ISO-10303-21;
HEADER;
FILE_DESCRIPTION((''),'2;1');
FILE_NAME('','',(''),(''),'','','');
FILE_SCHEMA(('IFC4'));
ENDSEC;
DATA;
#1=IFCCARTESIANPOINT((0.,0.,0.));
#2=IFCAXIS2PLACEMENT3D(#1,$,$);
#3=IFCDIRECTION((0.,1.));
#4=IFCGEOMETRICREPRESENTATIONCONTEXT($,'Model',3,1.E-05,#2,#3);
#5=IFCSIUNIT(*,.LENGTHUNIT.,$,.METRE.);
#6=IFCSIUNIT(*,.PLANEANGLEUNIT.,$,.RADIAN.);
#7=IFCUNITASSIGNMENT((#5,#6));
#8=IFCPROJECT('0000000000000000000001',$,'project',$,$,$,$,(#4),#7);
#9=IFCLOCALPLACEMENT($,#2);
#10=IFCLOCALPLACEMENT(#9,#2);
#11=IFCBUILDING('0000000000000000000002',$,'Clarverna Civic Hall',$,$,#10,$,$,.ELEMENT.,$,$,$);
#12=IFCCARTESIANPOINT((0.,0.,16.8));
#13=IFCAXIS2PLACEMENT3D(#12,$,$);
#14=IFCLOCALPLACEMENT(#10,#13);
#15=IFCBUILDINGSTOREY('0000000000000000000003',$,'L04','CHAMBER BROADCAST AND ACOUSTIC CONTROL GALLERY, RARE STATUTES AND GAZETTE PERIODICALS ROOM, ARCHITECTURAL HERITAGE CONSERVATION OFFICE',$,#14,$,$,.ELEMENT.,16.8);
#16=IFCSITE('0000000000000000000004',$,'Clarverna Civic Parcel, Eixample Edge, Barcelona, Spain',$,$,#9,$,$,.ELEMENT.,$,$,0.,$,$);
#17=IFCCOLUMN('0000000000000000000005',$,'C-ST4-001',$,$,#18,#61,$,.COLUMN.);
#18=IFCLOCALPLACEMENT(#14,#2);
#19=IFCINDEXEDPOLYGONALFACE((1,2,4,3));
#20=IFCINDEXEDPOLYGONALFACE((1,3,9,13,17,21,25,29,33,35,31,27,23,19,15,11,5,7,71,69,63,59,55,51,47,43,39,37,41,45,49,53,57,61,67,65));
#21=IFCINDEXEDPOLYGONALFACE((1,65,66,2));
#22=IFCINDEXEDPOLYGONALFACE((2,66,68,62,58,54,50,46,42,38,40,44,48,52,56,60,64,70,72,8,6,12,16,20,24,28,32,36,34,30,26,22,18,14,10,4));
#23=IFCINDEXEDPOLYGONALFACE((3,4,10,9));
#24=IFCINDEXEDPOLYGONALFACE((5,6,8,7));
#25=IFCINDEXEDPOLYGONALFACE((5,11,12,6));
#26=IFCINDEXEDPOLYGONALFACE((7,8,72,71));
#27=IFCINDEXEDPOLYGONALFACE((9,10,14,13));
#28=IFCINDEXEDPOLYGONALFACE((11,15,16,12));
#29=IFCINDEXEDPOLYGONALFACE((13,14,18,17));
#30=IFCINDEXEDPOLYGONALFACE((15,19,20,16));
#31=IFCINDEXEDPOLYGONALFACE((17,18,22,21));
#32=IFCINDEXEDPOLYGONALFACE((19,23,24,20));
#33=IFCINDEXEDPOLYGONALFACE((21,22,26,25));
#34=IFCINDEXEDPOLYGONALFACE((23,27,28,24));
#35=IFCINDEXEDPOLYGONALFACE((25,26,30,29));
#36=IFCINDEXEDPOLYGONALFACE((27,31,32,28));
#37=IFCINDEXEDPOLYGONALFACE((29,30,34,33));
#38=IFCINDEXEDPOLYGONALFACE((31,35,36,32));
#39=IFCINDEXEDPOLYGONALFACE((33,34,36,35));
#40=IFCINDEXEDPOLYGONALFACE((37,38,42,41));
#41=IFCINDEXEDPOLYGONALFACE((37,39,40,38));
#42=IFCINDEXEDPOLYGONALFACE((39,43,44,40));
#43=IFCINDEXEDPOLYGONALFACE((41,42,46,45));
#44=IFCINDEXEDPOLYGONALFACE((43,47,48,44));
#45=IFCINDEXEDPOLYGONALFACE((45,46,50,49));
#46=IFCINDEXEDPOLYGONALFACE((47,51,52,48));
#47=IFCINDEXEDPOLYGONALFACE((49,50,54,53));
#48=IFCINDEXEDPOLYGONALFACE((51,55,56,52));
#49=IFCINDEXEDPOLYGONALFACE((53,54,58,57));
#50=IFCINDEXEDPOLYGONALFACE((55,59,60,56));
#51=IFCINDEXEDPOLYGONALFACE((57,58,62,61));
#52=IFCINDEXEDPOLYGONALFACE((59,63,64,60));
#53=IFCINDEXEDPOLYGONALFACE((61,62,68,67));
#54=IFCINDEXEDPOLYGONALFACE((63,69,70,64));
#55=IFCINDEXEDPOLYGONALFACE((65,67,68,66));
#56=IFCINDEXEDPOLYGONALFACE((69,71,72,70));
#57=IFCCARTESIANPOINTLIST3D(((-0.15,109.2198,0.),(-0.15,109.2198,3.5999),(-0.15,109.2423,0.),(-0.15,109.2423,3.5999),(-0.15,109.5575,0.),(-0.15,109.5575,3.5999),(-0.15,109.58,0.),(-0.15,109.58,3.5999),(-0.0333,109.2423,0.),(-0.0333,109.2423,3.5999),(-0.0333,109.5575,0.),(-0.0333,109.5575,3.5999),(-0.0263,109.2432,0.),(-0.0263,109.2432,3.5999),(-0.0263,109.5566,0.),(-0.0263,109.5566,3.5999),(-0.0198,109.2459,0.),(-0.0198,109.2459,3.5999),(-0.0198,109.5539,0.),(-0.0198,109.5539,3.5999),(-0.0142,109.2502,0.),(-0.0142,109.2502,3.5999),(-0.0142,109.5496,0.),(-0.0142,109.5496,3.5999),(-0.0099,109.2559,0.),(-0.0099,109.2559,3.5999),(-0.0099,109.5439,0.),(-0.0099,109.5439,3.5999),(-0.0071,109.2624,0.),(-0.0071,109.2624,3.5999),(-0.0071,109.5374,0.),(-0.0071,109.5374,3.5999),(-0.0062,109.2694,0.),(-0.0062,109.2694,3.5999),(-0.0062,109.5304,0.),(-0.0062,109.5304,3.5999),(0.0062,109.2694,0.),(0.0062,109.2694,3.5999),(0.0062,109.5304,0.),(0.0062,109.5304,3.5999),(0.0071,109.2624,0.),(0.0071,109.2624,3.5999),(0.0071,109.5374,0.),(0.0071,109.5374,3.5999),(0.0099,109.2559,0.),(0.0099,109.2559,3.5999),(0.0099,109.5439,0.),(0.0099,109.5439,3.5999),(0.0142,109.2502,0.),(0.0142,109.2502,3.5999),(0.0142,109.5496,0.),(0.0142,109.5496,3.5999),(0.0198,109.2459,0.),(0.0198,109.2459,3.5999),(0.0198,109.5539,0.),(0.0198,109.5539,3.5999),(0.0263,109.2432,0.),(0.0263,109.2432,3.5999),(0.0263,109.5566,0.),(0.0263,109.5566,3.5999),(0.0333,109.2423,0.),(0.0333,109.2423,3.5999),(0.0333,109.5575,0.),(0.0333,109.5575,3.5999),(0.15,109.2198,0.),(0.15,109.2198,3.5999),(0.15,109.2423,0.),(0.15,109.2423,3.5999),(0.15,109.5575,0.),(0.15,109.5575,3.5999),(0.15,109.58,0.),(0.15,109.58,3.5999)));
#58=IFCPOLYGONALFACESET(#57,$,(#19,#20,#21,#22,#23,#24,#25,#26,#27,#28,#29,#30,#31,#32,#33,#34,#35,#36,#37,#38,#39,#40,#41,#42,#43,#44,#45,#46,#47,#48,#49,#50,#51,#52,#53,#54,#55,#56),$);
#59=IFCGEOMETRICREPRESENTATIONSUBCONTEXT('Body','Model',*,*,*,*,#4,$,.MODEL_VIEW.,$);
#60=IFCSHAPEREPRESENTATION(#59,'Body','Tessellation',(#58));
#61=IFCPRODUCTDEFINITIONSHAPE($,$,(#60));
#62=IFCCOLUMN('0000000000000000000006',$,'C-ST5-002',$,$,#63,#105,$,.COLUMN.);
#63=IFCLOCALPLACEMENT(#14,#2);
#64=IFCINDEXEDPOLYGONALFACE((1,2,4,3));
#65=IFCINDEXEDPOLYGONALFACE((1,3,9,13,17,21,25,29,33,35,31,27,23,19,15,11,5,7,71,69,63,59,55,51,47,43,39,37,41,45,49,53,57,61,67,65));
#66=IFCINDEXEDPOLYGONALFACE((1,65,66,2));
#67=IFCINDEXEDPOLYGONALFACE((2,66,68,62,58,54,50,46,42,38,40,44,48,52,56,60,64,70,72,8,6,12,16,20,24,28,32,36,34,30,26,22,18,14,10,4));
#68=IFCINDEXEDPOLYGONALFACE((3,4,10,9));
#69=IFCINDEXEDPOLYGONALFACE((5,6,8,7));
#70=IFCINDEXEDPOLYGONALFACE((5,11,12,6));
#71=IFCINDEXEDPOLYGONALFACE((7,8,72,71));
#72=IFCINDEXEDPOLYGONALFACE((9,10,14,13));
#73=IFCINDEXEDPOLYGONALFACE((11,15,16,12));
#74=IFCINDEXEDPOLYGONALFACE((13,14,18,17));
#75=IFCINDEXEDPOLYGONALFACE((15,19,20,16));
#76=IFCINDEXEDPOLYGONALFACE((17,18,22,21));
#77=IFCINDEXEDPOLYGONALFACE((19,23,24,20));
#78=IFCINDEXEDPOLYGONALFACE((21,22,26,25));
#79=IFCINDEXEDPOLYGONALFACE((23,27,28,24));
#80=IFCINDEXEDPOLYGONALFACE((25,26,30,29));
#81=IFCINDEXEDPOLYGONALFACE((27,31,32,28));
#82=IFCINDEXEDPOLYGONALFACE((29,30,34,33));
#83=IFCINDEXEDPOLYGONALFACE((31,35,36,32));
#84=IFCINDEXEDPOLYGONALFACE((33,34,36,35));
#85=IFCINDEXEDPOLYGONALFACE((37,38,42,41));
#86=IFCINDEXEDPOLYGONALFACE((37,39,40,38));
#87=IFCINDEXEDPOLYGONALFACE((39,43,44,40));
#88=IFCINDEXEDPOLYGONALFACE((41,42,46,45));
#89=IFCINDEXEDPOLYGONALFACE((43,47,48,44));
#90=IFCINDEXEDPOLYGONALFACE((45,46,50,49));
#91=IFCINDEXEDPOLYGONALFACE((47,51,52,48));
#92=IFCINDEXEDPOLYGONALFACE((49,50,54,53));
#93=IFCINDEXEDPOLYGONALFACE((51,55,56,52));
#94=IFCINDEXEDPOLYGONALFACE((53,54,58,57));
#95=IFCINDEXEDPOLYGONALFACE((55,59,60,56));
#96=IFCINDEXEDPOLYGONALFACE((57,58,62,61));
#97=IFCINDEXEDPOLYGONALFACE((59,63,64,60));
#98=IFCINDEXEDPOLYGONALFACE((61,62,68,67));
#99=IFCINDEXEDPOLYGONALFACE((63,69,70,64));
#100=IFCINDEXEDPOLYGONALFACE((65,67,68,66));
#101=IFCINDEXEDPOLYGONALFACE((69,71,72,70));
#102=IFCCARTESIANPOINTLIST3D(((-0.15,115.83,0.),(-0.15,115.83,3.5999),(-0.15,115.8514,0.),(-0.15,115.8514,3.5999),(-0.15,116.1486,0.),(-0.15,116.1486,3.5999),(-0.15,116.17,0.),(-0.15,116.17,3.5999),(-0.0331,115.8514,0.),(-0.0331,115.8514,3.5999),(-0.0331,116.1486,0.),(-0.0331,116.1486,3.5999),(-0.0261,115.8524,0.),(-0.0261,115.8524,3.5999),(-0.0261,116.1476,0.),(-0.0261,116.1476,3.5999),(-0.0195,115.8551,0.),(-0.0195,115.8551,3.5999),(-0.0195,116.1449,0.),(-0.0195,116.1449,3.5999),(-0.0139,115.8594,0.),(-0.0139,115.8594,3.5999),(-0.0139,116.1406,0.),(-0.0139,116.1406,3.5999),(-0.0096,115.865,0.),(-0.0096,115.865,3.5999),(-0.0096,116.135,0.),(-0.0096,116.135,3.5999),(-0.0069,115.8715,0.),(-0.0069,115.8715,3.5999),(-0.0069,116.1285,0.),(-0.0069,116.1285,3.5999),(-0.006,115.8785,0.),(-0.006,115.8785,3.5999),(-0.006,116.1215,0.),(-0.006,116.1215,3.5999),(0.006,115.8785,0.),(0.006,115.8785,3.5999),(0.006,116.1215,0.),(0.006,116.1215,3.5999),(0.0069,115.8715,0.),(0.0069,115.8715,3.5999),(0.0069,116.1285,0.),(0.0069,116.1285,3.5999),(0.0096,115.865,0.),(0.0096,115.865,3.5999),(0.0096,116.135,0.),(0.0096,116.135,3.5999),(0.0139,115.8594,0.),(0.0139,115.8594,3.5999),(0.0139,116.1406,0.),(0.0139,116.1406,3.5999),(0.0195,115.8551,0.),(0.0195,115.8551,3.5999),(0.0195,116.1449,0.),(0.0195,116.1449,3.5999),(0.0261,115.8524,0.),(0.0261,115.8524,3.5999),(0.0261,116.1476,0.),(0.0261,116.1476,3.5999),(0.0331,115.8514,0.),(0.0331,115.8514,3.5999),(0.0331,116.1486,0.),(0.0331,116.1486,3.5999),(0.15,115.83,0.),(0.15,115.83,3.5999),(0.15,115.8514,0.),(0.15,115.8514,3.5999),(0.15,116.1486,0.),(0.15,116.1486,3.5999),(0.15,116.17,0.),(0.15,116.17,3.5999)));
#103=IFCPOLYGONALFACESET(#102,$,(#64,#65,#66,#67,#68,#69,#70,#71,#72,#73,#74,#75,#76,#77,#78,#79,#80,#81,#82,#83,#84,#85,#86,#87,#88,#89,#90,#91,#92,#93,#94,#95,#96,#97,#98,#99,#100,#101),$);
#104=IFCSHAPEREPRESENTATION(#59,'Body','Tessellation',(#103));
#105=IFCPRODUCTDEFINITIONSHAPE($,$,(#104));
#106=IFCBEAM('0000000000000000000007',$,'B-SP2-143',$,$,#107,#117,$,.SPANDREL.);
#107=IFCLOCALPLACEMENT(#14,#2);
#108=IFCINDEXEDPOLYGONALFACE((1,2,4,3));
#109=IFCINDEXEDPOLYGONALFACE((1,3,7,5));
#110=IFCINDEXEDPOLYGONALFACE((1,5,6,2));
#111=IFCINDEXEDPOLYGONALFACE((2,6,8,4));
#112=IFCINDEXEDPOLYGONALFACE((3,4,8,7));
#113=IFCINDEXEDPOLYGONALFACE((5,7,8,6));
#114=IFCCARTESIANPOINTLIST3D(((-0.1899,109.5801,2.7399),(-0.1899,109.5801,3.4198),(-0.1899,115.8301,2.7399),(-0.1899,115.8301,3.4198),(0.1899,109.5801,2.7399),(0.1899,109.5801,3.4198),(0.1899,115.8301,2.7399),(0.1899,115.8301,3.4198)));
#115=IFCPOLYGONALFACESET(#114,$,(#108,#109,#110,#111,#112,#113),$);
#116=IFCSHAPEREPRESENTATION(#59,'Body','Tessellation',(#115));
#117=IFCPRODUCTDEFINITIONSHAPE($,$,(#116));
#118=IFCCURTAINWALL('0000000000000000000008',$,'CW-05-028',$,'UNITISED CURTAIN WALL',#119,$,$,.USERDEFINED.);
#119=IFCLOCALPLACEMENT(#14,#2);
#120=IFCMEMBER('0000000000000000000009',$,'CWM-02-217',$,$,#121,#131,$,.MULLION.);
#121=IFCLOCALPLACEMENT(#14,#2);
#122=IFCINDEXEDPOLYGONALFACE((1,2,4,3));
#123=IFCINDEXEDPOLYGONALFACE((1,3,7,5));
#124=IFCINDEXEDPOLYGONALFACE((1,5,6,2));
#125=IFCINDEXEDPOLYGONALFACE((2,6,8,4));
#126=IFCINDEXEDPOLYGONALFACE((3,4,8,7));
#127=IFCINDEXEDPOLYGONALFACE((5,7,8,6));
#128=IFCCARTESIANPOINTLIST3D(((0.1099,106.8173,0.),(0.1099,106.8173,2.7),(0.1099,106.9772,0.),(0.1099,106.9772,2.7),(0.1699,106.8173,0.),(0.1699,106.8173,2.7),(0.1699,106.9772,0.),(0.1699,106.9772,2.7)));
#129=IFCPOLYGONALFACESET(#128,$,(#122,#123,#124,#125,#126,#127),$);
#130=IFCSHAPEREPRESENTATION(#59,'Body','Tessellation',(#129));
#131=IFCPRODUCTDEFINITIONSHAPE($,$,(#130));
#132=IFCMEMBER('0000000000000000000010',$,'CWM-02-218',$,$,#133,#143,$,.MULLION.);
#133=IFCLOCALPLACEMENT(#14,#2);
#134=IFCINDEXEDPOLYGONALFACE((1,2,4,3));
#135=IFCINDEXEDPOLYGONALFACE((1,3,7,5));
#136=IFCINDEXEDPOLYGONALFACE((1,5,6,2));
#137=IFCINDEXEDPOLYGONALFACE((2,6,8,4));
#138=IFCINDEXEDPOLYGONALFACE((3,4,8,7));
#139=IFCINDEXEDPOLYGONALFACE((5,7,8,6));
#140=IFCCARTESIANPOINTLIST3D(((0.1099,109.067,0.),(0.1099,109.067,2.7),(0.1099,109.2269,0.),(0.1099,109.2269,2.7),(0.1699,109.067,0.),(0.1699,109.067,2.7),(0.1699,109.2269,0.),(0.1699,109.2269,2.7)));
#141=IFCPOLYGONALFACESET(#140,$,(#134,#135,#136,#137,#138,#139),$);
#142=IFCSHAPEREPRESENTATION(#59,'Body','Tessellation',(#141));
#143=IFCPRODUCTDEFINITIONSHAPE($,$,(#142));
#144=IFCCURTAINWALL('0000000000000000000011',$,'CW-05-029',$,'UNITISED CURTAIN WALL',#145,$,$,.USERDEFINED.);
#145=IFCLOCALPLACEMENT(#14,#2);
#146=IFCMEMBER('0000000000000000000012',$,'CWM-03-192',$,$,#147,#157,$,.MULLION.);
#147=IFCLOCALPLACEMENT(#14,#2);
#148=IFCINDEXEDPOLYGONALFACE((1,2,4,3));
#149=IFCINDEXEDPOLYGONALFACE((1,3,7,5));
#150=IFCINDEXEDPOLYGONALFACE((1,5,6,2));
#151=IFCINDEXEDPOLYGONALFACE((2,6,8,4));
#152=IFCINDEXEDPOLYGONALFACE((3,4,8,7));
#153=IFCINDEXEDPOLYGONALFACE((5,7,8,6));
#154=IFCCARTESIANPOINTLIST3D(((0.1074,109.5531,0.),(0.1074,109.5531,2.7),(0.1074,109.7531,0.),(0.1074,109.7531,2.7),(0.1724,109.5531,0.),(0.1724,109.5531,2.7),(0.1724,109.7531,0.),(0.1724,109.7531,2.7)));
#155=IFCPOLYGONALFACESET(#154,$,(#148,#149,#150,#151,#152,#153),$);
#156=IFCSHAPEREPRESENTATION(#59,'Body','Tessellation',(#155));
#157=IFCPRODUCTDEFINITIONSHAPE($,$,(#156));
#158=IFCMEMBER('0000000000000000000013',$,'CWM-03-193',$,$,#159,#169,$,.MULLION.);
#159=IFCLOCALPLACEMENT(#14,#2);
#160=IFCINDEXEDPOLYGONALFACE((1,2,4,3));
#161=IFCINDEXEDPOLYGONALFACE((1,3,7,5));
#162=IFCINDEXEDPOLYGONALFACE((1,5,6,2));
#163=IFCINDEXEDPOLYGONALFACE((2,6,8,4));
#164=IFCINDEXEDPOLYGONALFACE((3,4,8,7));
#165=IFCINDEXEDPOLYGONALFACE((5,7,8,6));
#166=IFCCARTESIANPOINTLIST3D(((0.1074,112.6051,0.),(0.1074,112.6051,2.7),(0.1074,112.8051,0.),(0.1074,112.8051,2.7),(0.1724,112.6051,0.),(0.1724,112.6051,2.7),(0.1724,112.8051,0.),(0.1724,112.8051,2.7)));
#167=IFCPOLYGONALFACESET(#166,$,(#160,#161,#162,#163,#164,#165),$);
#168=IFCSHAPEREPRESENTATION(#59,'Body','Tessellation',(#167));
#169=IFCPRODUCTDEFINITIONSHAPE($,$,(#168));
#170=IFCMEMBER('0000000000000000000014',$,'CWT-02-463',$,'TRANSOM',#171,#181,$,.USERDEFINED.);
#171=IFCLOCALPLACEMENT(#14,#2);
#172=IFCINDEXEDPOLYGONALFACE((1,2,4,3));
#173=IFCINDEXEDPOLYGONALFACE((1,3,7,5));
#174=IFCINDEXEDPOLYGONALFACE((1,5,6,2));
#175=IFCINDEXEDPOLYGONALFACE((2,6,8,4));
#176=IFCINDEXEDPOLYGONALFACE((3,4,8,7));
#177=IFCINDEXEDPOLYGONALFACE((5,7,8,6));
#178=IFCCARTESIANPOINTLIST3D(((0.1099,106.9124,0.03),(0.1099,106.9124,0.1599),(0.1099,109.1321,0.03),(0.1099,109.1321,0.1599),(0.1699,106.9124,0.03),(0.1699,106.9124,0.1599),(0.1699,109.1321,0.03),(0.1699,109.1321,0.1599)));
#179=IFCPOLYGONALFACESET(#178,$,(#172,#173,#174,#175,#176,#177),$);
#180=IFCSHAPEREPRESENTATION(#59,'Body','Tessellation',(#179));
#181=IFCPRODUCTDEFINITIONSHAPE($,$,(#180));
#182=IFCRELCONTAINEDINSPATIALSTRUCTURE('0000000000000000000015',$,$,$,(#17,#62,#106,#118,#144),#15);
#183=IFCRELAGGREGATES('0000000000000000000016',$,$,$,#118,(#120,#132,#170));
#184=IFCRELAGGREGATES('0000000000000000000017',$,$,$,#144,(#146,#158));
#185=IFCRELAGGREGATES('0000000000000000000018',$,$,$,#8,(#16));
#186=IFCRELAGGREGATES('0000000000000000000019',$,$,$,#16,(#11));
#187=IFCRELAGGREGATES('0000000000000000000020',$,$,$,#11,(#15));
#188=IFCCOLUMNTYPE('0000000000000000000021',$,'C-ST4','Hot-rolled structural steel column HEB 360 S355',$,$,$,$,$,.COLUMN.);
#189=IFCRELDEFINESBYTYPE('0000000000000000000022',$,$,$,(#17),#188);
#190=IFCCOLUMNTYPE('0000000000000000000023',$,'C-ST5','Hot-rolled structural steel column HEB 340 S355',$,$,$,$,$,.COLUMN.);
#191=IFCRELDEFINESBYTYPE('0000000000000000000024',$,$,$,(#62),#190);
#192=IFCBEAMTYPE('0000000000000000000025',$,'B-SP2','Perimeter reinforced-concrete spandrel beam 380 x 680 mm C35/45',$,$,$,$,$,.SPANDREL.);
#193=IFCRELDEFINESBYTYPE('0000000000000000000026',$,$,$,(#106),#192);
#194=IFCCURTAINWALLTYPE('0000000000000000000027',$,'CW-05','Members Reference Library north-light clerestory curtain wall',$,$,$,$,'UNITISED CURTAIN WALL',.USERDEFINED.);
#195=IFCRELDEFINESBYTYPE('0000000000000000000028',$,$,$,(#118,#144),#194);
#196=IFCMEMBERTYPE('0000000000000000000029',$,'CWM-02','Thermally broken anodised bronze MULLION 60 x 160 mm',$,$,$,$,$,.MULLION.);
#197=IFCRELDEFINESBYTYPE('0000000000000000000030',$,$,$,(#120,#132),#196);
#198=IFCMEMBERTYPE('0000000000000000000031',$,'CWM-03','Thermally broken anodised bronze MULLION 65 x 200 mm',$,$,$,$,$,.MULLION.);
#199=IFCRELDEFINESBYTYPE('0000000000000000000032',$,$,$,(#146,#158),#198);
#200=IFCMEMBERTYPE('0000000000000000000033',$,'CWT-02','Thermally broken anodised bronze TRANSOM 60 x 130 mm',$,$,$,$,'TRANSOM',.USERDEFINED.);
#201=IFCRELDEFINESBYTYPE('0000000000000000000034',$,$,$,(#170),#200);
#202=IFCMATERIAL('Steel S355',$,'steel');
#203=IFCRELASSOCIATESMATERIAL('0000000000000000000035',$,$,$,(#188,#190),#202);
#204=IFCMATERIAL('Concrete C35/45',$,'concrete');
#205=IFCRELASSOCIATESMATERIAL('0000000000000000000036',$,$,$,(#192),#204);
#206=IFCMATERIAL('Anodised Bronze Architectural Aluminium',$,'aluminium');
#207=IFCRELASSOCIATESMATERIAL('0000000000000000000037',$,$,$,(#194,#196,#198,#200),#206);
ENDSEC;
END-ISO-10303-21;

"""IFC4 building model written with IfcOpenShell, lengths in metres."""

from ifc_helpers import new_model, si_unit, direction, frame, origin, origin_2d, place, context, subcontext, project, spatial, rectangle, i_section, extrude, material, material_profile, profile_set, type_object, element, aggregate, save


model = new_model("IFC4")

# Units and contexts
model_context = context("Model", 3, precision=1e-05, world=origin(), true_north=direction((0.0, 1.0)))
body_context = subcontext(model_context, "Body", "Model", "MODEL_VIEW")
ifc_project = project(units=[si_unit("LENGTHUNIT", "METRE"), si_unit("PLANEANGLEUNIT", "RADIAN")], contexts=[model_context])

# Site, building, storey
site_placement = place(None, origin())
site = spatial("IfcSite", under=ifc_project, at=site_placement, Name="Clarverna Civic Parcel, Eixample Edge, Barcelona, Spain", CompositionType="ELEMENT", RefElevation=0.0)
building_placement = place(site_placement, origin())
building = spatial("IfcBuilding", under=site, at=building_placement, Name="Clarverna Civic Hall", CompositionType="ELEMENT")
storey_placement = place(building_placement, frame((0.0, 0.0, 16.8)))
storey = spatial("IfcBuildingStorey", under=building, at=storey_placement, Name="L04", Description="CHAMBER BROADCAST AND ACOUSTIC CONTROL GALLERY, RARE STATUTES AND GAZETTE PERIODICALS ROOM, ARCHITECTURAL HERITAGE CONSERVATION OFFICE", CompositionType="ELEMENT", Elevation=16.8)

# Columns
ifc_material_1 = material(Name="Steel S355", Category="steel")
ifc_material_profile_1 = material_profile(ifc_material_1, i_section(OverallWidth=0.3, OverallDepth=0.3601, WebThickness=0.0125, FlangeThickness=0.0225, FilletRadius=0.0271, at=origin_2d()), Name="HEB 360")
ifc_profile_set_1 = profile_set([ifc_material_profile_1], Name="Steel S355")
column_type_1 = type_object("IfcColumnType", Name="C-ST4", Description="Hot-rolled structural steel column HEB 360 S355", PredefinedType="COLUMN", material=ifc_profile_set_1)
column_1_placement = place(storey_placement, frame((0.0, 109.3999, 0.0), z_axis=(0.0, 0.0, 1.0), x_axis=(1.0, 0.0, 0.0)))
element("IfcColumn", 1, at=column_1_placement, inside=storey, type_object=column_type_1, Name="C-ST4-001", PredefinedType="COLUMN", context=body_context, shape_type="SweptSolid", body=[
    extrude(i_section(OverallWidth=0.3, OverallDepth=0.3601, WebThickness=0.0125, FlangeThickness=0.0225, FilletRadius=0.0271, at=origin_2d()), origin(), (0.0, 0.0, 1.0), 3.5999),
])
ifc_material_profile_2 = material_profile(ifc_material_1, i_section(OverallWidth=0.3, OverallDepth=0.3401, WebThickness=0.012, FlangeThickness=0.0215, FilletRadius=0.0271, at=origin_2d()), Name="HEB 340")
ifc_profile_set_2 = profile_set([ifc_material_profile_2], Name="Steel S355")
column_type_2 = type_object("IfcColumnType", Name="C-ST5", Description="Hot-rolled structural steel column HEB 340 S355", PredefinedType="COLUMN", material=ifc_profile_set_2)
column_2_placement = place(storey_placement, frame((0.0, 116.0, 0.0), z_axis=(0.0, 0.0, 1.0), x_axis=(1.0, 0.0, 0.0)))
element("IfcColumn", 2, at=column_2_placement, inside=storey, type_object=column_type_2, Name="C-ST5-002", PredefinedType="COLUMN", context=body_context, shape_type="SweptSolid", body=[
    extrude(i_section(OverallWidth=0.3, OverallDepth=0.3401, WebThickness=0.012, FlangeThickness=0.0215, FilletRadius=0.0271, at=origin_2d()), origin(), (0.0, 0.0, 1.0), 3.5999),
])

# Beam
ifc_material_2 = material(Name="Concrete C35/45", Category="concrete")
ifc_material_profile_3 = material_profile(ifc_material_2, rectangle(XDim=0.3799, YDim=0.6799, at=origin_2d()), Name="RC 380x680")
ifc_profile_set_3 = profile_set([ifc_material_profile_3], Name="Concrete C35/45")
beam_type = type_object("IfcBeamType", Name="B-SP2", Description="Perimeter reinforced-concrete spandrel beam 380 x 680 mm C35/45", PredefinedType="SPANDREL", material=ifc_profile_set_3)
beam_placement = place(storey_placement, frame((0.0, 109.5801, 3.0798), z_axis=(0.0, 1.0, 0.0), x_axis=(-1.0, 0.0, 0.0)))
element("IfcBeam", 3, at=beam_placement, inside=storey, type_object=beam_type, Name="B-SP2-143", PredefinedType="SPANDREL", context=body_context, shape_type="SweptSolid", body=[
    extrude(rectangle(XDim=0.3799, YDim=0.6799, at=origin_2d()), origin(), (0.0, 0.0, 1.0), 6.25),
])

# Curtain walls, members
ifc_material_3 = material(Name="Anodised Bronze Architectural Aluminium", Category="aluminium")
curtain_wall_type = type_object("IfcCurtainWallType", Name="CW-05", Description="Members Reference Library north-light clerestory curtain wall", ElementType="UNITISED CURTAIN WALL", PredefinedType="USERDEFINED", material=ifc_material_3)
curtain_wall_1_placement = place(storey_placement, origin())
curtain_wall_1 = element("IfcCurtainWall", 4, at=curtain_wall_1_placement, inside=storey, type_object=curtain_wall_type, Name="CW-05-028", ObjectType="UNITISED CURTAIN WALL", PredefinedType="USERDEFINED")
ifc_material_profile_4 = material_profile(ifc_material_3, rectangle(XDim=0.0601, YDim=0.1599, at=origin_2d()), Name="BRONZE 60x160")
ifc_profile_set_4 = profile_set([ifc_material_profile_4], Name="Anodised Bronze Architectural Aluminium")
member_type_1 = type_object("IfcMemberType", Name="CWM-02", Description="Thermally broken anodised bronze MULLION 60 x 160 mm", PredefinedType="MULLION", material=ifc_profile_set_4)
member_1_placement = place(storey_placement, frame((0.1399, 106.8972, 0.0), z_axis=(0.0, 0.0, 1.0), x_axis=(1.0, 0.0, 0.0)))
member_1 = element("IfcMember", 5, at=member_1_placement, type_object=member_type_1, Name="CWM-02-217", PredefinedType="MULLION", context=body_context, shape_type="SweptSolid", body=[
    extrude(rectangle(XDim=0.0601, YDim=0.1599, at=origin_2d()), origin(), (0.0, 0.0, 1.0), 2.7),
])
member_2_placement = place(storey_placement, frame((0.1399, 109.147, 0.0), z_axis=(0.0, 0.0, 1.0), x_axis=(1.0, 0.0, 0.0)))
member_2 = element("IfcMember", 6, at=member_2_placement, type_object=member_type_1, Name="CWM-02-218", PredefinedType="MULLION", context=body_context, shape_type="SweptSolid", body=[
    extrude(rectangle(XDim=0.0601, YDim=0.1599, at=origin_2d()), origin(), (0.0, 0.0, 1.0), 2.7),
])
curtain_wall_2_placement = place(storey_placement, origin())
curtain_wall_2 = element("IfcCurtainWall", 7, at=curtain_wall_2_placement, inside=storey, type_object=curtain_wall_type, Name="CW-05-029", ObjectType="UNITISED CURTAIN WALL", PredefinedType="USERDEFINED")
ifc_material_profile_5 = material_profile(ifc_material_3, rectangle(XDim=0.0649, YDim=0.2, at=origin_2d()), Name="BRONZE 65x200")
ifc_profile_set_5 = profile_set([ifc_material_profile_5], Name="Anodised Bronze Architectural Aluminium")
member_type_2 = type_object("IfcMemberType", Name="CWM-03", Description="Thermally broken anodised bronze MULLION 65 x 200 mm", PredefinedType="MULLION", material=ifc_profile_set_5)
member_3_placement = place(storey_placement, frame((0.1399, 109.6531, 0.0), z_axis=(0.0, 0.0, 1.0), x_axis=(1.0, 0.0, 0.0)))
member_3 = element("IfcMember", 8, at=member_3_placement, type_object=member_type_2, Name="CWM-03-192", PredefinedType="MULLION", context=body_context, shape_type="SweptSolid", body=[
    extrude(rectangle(XDim=0.0649, YDim=0.2, at=origin_2d()), origin(), (0.0, 0.0, 1.0), 2.7),
])
member_4_placement = place(storey_placement, frame((0.1399, 112.7051, 0.0), z_axis=(0.0, 0.0, 1.0), x_axis=(1.0, 0.0, 0.0)))
member_4 = element("IfcMember", 9, at=member_4_placement, type_object=member_type_2, Name="CWM-03-193", PredefinedType="MULLION", context=body_context, shape_type="SweptSolid", body=[
    extrude(rectangle(XDim=0.0649, YDim=0.2, at=origin_2d()), origin(), (0.0, 0.0, 1.0), 2.7),
])

# Member
ifc_material_profile_6 = material_profile(ifc_material_3, rectangle(XDim=0.0601, YDim=0.1299, at=origin_2d()), Name="BRONZE 60x130")
ifc_profile_set_6 = profile_set([ifc_material_profile_6], Name="Anodised Bronze Architectural Aluminium")
member_type_3 = type_object("IfcMemberType", Name="CWT-02", Description="Thermally broken anodised bronze TRANSOM 60 x 130 mm", ElementType="TRANSOM", PredefinedType="USERDEFINED", material=ifc_profile_set_6)
member_5_placement = place(storey_placement, frame((0.1399, 106.9124, 0.095), z_axis=(0.0, 1.0, 0.0), x_axis=(-1.0, 0.0, 0.0)))
member_5 = element("IfcMember", 10, at=member_5_placement, type_object=member_type_3, Name="CWT-02-463", ObjectType="TRANSOM", PredefinedType="USERDEFINED", context=body_context, shape_type="SweptSolid", body=[
    extrude(rectangle(XDim=0.0601, YDim=0.1299, at=origin_2d()), origin(), (0.0, 0.0, 1.0), 2.2197),
])

aggregate(curtain_wall_1, [member_1, member_2, member_5])
aggregate(curtain_wall_2, [member_3, member_4])

save(model, "model.ifc")
